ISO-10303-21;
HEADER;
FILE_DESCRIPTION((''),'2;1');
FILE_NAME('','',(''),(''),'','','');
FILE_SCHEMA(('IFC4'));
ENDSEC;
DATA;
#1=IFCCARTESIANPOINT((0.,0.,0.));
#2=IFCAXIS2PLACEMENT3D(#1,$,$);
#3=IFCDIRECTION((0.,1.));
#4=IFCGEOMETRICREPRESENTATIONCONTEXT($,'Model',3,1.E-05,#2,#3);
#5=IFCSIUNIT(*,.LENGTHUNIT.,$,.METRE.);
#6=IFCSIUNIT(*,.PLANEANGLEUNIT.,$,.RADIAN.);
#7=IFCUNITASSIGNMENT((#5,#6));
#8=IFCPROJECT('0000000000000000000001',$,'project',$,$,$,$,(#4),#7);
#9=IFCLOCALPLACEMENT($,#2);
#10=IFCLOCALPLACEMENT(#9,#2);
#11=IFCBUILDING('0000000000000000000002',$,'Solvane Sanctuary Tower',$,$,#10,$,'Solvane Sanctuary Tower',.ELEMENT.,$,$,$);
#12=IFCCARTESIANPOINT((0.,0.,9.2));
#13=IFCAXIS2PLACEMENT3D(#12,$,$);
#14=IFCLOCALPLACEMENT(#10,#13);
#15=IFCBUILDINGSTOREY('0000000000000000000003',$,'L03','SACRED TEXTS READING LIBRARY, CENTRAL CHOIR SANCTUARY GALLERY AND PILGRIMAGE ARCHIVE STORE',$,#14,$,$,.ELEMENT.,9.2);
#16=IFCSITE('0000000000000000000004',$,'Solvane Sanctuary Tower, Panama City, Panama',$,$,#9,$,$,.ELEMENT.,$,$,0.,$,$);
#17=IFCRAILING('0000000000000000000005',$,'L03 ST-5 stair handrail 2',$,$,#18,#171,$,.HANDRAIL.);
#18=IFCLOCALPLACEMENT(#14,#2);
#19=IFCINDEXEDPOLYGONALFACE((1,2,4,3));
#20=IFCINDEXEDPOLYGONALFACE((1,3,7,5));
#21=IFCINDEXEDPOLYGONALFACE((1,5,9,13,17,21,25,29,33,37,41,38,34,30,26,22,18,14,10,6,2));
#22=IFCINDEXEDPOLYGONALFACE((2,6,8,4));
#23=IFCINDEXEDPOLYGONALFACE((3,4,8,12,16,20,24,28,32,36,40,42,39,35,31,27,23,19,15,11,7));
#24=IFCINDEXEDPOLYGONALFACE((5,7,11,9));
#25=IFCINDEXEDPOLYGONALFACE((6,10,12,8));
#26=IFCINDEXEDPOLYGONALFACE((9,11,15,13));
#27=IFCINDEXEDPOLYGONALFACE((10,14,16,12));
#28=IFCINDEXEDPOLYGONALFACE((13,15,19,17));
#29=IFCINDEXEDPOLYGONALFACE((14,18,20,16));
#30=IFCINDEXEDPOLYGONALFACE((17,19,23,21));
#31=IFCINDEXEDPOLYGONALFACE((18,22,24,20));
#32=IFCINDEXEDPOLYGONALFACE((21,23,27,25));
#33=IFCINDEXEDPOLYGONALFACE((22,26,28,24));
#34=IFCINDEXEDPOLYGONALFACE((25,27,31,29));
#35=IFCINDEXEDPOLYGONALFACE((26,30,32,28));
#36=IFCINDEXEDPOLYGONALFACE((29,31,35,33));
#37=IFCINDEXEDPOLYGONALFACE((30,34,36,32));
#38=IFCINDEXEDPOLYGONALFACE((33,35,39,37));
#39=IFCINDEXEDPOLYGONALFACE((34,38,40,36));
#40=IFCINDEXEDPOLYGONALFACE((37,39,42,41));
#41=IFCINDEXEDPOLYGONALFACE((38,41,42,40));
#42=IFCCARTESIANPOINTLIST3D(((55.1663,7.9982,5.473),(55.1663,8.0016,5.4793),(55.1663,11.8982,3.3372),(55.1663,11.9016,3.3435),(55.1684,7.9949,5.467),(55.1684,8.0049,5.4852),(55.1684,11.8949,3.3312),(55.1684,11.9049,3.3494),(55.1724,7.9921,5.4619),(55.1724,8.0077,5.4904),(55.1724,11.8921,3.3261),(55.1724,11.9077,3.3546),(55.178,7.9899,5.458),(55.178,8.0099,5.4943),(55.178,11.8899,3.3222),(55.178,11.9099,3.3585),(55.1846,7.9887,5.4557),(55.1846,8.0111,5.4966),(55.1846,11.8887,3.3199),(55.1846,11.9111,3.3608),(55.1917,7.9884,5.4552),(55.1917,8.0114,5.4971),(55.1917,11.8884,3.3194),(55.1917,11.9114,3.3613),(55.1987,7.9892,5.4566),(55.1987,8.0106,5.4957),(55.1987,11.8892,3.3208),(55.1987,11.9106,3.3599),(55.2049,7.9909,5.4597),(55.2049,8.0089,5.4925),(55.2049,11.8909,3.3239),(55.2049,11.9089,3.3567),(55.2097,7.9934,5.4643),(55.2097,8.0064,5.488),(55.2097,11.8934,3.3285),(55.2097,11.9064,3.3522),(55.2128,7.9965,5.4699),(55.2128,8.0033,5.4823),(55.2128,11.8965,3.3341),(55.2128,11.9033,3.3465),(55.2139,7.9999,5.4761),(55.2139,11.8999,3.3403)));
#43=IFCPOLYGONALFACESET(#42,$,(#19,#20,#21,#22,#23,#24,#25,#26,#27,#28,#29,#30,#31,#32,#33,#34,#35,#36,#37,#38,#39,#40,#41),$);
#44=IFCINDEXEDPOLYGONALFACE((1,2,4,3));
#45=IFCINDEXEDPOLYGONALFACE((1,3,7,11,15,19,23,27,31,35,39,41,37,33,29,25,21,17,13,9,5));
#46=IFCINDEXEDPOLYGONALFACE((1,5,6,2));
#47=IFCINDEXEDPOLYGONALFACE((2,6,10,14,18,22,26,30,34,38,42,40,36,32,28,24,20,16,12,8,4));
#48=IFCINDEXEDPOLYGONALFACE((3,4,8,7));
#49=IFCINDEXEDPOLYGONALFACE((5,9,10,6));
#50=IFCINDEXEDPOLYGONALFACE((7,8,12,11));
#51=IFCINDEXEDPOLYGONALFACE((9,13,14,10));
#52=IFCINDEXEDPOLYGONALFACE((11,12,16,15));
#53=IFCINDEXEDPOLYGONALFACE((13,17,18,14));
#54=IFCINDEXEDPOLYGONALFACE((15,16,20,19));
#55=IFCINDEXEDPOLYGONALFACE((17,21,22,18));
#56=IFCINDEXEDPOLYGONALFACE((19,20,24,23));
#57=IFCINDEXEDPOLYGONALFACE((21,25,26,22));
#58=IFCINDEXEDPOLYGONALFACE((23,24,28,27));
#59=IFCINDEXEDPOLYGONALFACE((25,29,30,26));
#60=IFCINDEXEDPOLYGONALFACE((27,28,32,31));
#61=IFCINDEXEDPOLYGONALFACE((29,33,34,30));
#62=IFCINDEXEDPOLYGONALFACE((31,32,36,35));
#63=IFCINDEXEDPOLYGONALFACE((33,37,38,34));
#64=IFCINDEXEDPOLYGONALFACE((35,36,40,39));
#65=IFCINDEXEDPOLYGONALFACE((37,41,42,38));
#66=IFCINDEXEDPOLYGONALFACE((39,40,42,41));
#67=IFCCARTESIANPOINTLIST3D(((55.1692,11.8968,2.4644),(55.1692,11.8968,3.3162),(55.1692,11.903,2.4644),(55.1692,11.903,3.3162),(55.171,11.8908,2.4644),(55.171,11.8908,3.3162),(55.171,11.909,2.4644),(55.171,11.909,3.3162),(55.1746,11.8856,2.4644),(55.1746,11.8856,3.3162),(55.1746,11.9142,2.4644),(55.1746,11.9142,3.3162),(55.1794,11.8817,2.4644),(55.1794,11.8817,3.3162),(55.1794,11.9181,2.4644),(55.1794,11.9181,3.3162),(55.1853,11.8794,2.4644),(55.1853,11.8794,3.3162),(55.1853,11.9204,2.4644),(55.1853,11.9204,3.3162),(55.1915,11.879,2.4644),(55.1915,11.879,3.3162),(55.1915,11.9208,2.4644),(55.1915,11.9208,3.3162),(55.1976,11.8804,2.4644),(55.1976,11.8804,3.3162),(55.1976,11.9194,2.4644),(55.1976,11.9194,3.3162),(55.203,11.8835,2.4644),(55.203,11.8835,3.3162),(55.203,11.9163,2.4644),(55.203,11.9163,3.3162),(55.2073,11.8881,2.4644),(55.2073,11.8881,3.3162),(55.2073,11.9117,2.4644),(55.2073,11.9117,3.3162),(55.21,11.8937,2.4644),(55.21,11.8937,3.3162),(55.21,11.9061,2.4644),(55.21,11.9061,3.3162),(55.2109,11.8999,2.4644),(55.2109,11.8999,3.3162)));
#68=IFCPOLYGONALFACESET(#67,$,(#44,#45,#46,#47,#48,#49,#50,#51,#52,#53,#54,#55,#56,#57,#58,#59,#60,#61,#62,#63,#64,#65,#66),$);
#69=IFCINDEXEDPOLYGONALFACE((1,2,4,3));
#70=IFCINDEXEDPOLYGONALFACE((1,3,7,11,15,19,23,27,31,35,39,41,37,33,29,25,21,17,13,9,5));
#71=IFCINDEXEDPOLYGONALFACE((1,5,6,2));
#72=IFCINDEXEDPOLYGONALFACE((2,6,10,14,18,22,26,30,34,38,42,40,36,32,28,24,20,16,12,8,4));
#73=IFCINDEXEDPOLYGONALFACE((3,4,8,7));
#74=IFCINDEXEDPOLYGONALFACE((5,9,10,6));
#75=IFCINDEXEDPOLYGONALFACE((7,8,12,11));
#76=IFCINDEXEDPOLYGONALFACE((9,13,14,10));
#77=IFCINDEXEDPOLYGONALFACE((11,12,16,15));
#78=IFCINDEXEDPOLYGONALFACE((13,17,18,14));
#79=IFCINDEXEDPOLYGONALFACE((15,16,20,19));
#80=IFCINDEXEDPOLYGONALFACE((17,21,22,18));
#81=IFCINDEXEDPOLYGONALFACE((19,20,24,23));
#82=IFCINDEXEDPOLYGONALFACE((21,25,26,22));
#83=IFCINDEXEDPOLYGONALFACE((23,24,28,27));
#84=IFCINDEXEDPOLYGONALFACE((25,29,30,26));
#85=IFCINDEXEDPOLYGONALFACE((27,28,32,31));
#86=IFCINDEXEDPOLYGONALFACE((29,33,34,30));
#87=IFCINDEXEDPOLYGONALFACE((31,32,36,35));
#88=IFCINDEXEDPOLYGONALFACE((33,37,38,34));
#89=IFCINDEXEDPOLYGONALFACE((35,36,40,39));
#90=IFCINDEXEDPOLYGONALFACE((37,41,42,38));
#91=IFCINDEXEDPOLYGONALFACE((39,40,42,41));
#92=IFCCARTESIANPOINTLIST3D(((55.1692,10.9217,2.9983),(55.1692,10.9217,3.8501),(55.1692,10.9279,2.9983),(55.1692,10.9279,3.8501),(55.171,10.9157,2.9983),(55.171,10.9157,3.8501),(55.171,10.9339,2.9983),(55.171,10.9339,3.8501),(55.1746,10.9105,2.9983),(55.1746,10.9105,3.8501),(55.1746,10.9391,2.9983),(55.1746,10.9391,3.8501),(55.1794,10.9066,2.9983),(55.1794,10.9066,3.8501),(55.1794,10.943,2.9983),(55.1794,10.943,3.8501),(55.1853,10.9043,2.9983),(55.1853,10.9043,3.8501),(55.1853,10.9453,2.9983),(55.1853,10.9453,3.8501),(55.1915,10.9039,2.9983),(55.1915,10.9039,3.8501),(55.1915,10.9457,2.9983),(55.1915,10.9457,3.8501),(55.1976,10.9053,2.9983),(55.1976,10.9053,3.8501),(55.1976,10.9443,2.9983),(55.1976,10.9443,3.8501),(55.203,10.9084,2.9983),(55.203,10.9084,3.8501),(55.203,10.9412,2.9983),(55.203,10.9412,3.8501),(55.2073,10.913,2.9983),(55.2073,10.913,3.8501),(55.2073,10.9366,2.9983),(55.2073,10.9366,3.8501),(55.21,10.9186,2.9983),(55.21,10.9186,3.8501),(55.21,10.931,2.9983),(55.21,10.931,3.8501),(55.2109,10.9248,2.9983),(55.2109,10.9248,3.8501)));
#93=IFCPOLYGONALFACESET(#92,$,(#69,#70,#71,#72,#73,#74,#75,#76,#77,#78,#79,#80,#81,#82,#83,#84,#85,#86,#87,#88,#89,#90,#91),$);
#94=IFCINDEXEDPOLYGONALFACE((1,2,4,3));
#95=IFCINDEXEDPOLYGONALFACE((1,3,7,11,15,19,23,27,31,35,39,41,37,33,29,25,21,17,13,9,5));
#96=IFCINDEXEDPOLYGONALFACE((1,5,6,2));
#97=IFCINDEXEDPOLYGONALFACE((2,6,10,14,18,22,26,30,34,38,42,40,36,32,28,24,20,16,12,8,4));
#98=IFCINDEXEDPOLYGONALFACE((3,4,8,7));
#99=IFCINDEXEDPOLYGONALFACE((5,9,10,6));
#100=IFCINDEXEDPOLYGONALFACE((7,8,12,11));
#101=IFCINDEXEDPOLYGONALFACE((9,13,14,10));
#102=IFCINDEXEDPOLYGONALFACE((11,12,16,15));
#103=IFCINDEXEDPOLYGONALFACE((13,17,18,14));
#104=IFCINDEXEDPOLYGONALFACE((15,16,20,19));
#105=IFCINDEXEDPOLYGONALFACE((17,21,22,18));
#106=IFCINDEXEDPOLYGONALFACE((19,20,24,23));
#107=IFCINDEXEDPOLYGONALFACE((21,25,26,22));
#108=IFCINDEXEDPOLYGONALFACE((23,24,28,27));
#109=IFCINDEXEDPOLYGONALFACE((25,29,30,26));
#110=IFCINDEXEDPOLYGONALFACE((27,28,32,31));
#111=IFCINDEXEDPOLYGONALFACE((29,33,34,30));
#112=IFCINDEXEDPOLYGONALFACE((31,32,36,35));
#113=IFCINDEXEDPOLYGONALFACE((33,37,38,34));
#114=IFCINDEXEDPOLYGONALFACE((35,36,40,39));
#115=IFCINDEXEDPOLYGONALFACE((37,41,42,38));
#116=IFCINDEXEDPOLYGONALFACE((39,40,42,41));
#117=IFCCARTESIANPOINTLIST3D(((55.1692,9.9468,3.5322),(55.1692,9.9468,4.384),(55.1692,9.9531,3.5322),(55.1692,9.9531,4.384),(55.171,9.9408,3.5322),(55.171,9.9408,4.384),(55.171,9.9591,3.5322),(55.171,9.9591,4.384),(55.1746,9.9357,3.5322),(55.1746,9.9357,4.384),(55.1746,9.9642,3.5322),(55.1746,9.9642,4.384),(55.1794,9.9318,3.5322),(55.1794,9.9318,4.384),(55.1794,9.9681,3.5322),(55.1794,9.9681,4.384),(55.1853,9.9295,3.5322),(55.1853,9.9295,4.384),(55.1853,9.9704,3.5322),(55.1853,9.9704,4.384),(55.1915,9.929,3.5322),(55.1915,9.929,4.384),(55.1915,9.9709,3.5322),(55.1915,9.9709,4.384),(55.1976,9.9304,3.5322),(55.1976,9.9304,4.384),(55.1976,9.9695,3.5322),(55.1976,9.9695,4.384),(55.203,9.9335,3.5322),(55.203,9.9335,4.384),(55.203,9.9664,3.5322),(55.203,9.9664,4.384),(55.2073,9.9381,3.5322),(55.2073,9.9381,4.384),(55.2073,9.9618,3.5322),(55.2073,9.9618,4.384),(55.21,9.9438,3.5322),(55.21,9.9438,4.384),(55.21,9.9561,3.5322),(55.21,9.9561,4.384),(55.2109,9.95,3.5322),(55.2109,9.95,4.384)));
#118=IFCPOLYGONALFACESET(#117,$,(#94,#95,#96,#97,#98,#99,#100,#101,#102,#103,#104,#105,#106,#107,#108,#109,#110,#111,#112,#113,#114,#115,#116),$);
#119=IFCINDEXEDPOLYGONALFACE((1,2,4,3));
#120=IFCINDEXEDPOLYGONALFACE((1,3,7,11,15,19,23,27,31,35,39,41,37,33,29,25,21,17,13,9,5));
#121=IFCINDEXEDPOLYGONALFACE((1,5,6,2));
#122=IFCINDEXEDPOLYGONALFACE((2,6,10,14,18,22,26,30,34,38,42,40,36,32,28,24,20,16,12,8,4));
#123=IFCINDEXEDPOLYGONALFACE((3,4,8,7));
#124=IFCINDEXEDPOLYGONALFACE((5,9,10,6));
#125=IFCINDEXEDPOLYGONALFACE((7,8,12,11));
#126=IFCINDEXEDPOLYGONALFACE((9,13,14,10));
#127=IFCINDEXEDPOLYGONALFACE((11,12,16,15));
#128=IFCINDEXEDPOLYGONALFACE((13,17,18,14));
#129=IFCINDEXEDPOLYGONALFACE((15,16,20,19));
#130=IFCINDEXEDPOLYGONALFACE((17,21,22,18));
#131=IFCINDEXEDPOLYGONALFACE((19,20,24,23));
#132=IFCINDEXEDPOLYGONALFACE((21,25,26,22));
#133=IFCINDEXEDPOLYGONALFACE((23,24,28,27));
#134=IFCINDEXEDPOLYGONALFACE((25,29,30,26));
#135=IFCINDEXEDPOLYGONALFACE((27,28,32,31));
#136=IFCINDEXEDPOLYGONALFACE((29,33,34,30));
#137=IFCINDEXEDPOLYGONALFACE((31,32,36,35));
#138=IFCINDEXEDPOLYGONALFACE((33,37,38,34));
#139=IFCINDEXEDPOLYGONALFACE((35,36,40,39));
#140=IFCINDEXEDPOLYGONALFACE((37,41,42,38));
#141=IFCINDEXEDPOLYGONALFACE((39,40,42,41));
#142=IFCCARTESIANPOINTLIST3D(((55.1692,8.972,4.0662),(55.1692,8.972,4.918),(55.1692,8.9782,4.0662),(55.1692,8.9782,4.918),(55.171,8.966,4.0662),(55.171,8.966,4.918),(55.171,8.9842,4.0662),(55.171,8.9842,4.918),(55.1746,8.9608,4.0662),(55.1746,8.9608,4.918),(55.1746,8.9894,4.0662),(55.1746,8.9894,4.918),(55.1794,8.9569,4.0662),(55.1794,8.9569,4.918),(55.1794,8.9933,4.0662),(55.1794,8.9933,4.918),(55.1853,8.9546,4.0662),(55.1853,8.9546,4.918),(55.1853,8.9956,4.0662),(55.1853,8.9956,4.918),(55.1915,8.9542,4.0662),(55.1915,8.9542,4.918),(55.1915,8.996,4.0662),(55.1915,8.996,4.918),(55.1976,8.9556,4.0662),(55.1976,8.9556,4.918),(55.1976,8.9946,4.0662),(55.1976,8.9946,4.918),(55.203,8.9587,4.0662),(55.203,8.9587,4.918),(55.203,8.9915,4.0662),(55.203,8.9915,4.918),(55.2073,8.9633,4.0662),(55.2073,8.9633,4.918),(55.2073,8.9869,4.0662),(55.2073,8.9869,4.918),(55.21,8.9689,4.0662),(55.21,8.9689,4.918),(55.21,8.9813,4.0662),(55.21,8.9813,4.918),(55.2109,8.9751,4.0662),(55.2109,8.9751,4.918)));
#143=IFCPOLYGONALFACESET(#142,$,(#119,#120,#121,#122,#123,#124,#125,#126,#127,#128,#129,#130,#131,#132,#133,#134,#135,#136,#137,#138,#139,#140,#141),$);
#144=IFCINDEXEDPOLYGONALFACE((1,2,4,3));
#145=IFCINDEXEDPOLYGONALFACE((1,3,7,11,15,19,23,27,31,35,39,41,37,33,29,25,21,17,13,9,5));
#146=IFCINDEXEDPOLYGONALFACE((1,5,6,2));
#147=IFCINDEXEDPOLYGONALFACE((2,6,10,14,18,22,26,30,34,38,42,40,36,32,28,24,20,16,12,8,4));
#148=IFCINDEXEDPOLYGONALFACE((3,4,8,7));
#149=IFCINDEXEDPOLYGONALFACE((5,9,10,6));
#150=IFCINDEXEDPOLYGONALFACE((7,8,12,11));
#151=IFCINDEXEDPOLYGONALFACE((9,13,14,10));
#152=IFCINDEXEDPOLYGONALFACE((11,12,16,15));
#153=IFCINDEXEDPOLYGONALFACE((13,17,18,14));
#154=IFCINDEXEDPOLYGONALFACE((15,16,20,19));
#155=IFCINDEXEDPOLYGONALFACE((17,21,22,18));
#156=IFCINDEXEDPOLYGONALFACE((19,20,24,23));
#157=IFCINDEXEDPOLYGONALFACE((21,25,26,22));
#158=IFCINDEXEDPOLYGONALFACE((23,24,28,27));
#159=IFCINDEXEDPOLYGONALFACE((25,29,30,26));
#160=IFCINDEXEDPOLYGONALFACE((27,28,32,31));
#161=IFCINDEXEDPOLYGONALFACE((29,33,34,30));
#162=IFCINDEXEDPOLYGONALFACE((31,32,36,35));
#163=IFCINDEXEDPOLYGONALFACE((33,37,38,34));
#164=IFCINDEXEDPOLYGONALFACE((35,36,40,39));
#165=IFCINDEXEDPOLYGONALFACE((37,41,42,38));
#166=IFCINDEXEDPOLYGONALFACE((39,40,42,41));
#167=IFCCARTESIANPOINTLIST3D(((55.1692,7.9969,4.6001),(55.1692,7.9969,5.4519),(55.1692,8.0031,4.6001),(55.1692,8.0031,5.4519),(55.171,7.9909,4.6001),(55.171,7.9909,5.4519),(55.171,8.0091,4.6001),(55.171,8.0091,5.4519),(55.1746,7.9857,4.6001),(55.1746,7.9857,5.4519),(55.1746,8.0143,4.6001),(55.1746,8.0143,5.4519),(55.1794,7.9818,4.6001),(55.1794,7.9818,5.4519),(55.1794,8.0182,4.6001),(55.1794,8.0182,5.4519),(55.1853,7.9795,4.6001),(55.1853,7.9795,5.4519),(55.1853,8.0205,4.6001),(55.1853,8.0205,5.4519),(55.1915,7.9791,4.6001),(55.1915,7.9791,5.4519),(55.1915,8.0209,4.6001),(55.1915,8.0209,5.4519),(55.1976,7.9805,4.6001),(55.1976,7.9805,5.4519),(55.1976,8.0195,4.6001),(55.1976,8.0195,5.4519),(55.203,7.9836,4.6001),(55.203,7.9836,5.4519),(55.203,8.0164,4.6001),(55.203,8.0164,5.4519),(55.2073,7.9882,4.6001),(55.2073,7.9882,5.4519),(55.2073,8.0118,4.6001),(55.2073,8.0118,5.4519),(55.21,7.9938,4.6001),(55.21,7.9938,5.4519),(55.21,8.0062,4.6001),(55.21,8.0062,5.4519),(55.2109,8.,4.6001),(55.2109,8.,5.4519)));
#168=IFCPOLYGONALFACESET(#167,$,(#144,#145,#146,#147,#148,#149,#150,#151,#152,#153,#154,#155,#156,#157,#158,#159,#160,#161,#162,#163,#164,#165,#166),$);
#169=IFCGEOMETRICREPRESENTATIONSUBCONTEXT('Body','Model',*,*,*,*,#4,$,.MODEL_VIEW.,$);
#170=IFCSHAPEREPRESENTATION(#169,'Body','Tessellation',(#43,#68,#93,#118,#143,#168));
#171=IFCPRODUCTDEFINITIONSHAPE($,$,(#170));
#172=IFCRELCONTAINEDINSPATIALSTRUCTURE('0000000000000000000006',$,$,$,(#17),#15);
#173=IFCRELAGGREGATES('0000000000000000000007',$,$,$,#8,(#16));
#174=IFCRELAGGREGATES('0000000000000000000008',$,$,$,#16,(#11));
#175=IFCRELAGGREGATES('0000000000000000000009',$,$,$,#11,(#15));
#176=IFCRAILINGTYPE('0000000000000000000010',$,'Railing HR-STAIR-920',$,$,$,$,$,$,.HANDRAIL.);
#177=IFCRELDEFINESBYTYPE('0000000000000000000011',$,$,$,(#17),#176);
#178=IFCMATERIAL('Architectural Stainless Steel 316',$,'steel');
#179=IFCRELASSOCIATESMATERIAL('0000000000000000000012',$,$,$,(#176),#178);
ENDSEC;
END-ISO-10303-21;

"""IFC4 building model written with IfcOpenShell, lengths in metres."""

from ifc_helpers import new_model, si_unit, direction, frame, origin, origin_2d, place, context, subcontext, project, spatial, circle, extrude, material, type_object, element, save


model = new_model("IFC4")

# Units and contexts
model_context = context("Model", 3, precision=1e-05, world=origin(), true_north=direction((0.0, 1.0)))
body_context = subcontext(model_context, "Body", "Model", "MODEL_VIEW")
ifc_project = project(units=[si_unit("LENGTHUNIT", "METRE"), si_unit("PLANEANGLEUNIT", "RADIAN")], contexts=[model_context])

# Site, building, storey
site_placement = place(None, origin())
site = spatial("IfcSite", under=ifc_project, at=site_placement, Name="Solvane Sanctuary Tower, Panama City, Panama", CompositionType="ELEMENT", RefElevation=0.0)
building_placement = place(site_placement, origin())
building = spatial("IfcBuilding", under=site, at=building_placement, Name="Solvane Sanctuary Tower", LongName="Solvane Sanctuary Tower", CompositionType="ELEMENT")
storey_placement = place(building_placement, frame((0.0, 0.0, 9.2)))
storey = spatial("IfcBuildingStorey", under=building, at=storey_placement, Name="L03", Description="SACRED TEXTS READING LIBRARY, CENTRAL CHOIR SANCTUARY GALLERY AND PILGRIMAGE ARCHIVE STORE", CompositionType="ELEMENT", Elevation=9.2)

# Shared definitions
ifc_material_1 = material(Name="Architectural Stainless Steel 316", Category="steel")

# Railing
railing_type_1 = type_object("IfcRailingType", Name="Railing HR-STAIR-920", PredefinedType="HANDRAIL", material=ifc_material_1)
railing_1_placement = place(storey_placement, frame((55.1899, 11.8999, 2.4644)))
element("IfcRailing", 1, at=railing_1_placement, inside=storey, type_object=railing_type_1, Name="L03 ST-5 stair handrail 2", PredefinedType="HANDRAIL", context=body_context, shape_type="SweptSolid", body=[
    extrude(circle(Radius=0.0239, at=origin_2d()), frame((0.0, 0.0, 0.876), z_axis=(0.0, -0.877089, 0.480329), x_axis=(1.0, 0.0, 0.0)), (0.0, 0.0, 1.0), 4.4465),
    extrude(circle(Radius=0.021, at=origin_2d()), origin(), (0.0, 0.0, 1.0), 0.8518),
    extrude(circle(Radius=0.021, at=origin_2d()), frame((0.0, -0.9751, 0.5339)), (0.0, 0.0, 1.0), 0.8518),
    extrude(circle(Radius=0.021, at=origin_2d()), frame((0.0, -1.95, 1.0679)), (0.0, 0.0, 1.0), 0.8518),
    extrude(circle(Radius=0.021, at=origin_2d()), frame((0.0, -2.9248, 1.6018)), (0.0, 0.0, 1.0), 0.8518),
    extrude(circle(Radius=0.021, at=origin_2d()), frame((0.0, -3.8999, 2.1357)), (0.0, 0.0, 1.0), 0.8518),
])

save(model, "model.ifc")
